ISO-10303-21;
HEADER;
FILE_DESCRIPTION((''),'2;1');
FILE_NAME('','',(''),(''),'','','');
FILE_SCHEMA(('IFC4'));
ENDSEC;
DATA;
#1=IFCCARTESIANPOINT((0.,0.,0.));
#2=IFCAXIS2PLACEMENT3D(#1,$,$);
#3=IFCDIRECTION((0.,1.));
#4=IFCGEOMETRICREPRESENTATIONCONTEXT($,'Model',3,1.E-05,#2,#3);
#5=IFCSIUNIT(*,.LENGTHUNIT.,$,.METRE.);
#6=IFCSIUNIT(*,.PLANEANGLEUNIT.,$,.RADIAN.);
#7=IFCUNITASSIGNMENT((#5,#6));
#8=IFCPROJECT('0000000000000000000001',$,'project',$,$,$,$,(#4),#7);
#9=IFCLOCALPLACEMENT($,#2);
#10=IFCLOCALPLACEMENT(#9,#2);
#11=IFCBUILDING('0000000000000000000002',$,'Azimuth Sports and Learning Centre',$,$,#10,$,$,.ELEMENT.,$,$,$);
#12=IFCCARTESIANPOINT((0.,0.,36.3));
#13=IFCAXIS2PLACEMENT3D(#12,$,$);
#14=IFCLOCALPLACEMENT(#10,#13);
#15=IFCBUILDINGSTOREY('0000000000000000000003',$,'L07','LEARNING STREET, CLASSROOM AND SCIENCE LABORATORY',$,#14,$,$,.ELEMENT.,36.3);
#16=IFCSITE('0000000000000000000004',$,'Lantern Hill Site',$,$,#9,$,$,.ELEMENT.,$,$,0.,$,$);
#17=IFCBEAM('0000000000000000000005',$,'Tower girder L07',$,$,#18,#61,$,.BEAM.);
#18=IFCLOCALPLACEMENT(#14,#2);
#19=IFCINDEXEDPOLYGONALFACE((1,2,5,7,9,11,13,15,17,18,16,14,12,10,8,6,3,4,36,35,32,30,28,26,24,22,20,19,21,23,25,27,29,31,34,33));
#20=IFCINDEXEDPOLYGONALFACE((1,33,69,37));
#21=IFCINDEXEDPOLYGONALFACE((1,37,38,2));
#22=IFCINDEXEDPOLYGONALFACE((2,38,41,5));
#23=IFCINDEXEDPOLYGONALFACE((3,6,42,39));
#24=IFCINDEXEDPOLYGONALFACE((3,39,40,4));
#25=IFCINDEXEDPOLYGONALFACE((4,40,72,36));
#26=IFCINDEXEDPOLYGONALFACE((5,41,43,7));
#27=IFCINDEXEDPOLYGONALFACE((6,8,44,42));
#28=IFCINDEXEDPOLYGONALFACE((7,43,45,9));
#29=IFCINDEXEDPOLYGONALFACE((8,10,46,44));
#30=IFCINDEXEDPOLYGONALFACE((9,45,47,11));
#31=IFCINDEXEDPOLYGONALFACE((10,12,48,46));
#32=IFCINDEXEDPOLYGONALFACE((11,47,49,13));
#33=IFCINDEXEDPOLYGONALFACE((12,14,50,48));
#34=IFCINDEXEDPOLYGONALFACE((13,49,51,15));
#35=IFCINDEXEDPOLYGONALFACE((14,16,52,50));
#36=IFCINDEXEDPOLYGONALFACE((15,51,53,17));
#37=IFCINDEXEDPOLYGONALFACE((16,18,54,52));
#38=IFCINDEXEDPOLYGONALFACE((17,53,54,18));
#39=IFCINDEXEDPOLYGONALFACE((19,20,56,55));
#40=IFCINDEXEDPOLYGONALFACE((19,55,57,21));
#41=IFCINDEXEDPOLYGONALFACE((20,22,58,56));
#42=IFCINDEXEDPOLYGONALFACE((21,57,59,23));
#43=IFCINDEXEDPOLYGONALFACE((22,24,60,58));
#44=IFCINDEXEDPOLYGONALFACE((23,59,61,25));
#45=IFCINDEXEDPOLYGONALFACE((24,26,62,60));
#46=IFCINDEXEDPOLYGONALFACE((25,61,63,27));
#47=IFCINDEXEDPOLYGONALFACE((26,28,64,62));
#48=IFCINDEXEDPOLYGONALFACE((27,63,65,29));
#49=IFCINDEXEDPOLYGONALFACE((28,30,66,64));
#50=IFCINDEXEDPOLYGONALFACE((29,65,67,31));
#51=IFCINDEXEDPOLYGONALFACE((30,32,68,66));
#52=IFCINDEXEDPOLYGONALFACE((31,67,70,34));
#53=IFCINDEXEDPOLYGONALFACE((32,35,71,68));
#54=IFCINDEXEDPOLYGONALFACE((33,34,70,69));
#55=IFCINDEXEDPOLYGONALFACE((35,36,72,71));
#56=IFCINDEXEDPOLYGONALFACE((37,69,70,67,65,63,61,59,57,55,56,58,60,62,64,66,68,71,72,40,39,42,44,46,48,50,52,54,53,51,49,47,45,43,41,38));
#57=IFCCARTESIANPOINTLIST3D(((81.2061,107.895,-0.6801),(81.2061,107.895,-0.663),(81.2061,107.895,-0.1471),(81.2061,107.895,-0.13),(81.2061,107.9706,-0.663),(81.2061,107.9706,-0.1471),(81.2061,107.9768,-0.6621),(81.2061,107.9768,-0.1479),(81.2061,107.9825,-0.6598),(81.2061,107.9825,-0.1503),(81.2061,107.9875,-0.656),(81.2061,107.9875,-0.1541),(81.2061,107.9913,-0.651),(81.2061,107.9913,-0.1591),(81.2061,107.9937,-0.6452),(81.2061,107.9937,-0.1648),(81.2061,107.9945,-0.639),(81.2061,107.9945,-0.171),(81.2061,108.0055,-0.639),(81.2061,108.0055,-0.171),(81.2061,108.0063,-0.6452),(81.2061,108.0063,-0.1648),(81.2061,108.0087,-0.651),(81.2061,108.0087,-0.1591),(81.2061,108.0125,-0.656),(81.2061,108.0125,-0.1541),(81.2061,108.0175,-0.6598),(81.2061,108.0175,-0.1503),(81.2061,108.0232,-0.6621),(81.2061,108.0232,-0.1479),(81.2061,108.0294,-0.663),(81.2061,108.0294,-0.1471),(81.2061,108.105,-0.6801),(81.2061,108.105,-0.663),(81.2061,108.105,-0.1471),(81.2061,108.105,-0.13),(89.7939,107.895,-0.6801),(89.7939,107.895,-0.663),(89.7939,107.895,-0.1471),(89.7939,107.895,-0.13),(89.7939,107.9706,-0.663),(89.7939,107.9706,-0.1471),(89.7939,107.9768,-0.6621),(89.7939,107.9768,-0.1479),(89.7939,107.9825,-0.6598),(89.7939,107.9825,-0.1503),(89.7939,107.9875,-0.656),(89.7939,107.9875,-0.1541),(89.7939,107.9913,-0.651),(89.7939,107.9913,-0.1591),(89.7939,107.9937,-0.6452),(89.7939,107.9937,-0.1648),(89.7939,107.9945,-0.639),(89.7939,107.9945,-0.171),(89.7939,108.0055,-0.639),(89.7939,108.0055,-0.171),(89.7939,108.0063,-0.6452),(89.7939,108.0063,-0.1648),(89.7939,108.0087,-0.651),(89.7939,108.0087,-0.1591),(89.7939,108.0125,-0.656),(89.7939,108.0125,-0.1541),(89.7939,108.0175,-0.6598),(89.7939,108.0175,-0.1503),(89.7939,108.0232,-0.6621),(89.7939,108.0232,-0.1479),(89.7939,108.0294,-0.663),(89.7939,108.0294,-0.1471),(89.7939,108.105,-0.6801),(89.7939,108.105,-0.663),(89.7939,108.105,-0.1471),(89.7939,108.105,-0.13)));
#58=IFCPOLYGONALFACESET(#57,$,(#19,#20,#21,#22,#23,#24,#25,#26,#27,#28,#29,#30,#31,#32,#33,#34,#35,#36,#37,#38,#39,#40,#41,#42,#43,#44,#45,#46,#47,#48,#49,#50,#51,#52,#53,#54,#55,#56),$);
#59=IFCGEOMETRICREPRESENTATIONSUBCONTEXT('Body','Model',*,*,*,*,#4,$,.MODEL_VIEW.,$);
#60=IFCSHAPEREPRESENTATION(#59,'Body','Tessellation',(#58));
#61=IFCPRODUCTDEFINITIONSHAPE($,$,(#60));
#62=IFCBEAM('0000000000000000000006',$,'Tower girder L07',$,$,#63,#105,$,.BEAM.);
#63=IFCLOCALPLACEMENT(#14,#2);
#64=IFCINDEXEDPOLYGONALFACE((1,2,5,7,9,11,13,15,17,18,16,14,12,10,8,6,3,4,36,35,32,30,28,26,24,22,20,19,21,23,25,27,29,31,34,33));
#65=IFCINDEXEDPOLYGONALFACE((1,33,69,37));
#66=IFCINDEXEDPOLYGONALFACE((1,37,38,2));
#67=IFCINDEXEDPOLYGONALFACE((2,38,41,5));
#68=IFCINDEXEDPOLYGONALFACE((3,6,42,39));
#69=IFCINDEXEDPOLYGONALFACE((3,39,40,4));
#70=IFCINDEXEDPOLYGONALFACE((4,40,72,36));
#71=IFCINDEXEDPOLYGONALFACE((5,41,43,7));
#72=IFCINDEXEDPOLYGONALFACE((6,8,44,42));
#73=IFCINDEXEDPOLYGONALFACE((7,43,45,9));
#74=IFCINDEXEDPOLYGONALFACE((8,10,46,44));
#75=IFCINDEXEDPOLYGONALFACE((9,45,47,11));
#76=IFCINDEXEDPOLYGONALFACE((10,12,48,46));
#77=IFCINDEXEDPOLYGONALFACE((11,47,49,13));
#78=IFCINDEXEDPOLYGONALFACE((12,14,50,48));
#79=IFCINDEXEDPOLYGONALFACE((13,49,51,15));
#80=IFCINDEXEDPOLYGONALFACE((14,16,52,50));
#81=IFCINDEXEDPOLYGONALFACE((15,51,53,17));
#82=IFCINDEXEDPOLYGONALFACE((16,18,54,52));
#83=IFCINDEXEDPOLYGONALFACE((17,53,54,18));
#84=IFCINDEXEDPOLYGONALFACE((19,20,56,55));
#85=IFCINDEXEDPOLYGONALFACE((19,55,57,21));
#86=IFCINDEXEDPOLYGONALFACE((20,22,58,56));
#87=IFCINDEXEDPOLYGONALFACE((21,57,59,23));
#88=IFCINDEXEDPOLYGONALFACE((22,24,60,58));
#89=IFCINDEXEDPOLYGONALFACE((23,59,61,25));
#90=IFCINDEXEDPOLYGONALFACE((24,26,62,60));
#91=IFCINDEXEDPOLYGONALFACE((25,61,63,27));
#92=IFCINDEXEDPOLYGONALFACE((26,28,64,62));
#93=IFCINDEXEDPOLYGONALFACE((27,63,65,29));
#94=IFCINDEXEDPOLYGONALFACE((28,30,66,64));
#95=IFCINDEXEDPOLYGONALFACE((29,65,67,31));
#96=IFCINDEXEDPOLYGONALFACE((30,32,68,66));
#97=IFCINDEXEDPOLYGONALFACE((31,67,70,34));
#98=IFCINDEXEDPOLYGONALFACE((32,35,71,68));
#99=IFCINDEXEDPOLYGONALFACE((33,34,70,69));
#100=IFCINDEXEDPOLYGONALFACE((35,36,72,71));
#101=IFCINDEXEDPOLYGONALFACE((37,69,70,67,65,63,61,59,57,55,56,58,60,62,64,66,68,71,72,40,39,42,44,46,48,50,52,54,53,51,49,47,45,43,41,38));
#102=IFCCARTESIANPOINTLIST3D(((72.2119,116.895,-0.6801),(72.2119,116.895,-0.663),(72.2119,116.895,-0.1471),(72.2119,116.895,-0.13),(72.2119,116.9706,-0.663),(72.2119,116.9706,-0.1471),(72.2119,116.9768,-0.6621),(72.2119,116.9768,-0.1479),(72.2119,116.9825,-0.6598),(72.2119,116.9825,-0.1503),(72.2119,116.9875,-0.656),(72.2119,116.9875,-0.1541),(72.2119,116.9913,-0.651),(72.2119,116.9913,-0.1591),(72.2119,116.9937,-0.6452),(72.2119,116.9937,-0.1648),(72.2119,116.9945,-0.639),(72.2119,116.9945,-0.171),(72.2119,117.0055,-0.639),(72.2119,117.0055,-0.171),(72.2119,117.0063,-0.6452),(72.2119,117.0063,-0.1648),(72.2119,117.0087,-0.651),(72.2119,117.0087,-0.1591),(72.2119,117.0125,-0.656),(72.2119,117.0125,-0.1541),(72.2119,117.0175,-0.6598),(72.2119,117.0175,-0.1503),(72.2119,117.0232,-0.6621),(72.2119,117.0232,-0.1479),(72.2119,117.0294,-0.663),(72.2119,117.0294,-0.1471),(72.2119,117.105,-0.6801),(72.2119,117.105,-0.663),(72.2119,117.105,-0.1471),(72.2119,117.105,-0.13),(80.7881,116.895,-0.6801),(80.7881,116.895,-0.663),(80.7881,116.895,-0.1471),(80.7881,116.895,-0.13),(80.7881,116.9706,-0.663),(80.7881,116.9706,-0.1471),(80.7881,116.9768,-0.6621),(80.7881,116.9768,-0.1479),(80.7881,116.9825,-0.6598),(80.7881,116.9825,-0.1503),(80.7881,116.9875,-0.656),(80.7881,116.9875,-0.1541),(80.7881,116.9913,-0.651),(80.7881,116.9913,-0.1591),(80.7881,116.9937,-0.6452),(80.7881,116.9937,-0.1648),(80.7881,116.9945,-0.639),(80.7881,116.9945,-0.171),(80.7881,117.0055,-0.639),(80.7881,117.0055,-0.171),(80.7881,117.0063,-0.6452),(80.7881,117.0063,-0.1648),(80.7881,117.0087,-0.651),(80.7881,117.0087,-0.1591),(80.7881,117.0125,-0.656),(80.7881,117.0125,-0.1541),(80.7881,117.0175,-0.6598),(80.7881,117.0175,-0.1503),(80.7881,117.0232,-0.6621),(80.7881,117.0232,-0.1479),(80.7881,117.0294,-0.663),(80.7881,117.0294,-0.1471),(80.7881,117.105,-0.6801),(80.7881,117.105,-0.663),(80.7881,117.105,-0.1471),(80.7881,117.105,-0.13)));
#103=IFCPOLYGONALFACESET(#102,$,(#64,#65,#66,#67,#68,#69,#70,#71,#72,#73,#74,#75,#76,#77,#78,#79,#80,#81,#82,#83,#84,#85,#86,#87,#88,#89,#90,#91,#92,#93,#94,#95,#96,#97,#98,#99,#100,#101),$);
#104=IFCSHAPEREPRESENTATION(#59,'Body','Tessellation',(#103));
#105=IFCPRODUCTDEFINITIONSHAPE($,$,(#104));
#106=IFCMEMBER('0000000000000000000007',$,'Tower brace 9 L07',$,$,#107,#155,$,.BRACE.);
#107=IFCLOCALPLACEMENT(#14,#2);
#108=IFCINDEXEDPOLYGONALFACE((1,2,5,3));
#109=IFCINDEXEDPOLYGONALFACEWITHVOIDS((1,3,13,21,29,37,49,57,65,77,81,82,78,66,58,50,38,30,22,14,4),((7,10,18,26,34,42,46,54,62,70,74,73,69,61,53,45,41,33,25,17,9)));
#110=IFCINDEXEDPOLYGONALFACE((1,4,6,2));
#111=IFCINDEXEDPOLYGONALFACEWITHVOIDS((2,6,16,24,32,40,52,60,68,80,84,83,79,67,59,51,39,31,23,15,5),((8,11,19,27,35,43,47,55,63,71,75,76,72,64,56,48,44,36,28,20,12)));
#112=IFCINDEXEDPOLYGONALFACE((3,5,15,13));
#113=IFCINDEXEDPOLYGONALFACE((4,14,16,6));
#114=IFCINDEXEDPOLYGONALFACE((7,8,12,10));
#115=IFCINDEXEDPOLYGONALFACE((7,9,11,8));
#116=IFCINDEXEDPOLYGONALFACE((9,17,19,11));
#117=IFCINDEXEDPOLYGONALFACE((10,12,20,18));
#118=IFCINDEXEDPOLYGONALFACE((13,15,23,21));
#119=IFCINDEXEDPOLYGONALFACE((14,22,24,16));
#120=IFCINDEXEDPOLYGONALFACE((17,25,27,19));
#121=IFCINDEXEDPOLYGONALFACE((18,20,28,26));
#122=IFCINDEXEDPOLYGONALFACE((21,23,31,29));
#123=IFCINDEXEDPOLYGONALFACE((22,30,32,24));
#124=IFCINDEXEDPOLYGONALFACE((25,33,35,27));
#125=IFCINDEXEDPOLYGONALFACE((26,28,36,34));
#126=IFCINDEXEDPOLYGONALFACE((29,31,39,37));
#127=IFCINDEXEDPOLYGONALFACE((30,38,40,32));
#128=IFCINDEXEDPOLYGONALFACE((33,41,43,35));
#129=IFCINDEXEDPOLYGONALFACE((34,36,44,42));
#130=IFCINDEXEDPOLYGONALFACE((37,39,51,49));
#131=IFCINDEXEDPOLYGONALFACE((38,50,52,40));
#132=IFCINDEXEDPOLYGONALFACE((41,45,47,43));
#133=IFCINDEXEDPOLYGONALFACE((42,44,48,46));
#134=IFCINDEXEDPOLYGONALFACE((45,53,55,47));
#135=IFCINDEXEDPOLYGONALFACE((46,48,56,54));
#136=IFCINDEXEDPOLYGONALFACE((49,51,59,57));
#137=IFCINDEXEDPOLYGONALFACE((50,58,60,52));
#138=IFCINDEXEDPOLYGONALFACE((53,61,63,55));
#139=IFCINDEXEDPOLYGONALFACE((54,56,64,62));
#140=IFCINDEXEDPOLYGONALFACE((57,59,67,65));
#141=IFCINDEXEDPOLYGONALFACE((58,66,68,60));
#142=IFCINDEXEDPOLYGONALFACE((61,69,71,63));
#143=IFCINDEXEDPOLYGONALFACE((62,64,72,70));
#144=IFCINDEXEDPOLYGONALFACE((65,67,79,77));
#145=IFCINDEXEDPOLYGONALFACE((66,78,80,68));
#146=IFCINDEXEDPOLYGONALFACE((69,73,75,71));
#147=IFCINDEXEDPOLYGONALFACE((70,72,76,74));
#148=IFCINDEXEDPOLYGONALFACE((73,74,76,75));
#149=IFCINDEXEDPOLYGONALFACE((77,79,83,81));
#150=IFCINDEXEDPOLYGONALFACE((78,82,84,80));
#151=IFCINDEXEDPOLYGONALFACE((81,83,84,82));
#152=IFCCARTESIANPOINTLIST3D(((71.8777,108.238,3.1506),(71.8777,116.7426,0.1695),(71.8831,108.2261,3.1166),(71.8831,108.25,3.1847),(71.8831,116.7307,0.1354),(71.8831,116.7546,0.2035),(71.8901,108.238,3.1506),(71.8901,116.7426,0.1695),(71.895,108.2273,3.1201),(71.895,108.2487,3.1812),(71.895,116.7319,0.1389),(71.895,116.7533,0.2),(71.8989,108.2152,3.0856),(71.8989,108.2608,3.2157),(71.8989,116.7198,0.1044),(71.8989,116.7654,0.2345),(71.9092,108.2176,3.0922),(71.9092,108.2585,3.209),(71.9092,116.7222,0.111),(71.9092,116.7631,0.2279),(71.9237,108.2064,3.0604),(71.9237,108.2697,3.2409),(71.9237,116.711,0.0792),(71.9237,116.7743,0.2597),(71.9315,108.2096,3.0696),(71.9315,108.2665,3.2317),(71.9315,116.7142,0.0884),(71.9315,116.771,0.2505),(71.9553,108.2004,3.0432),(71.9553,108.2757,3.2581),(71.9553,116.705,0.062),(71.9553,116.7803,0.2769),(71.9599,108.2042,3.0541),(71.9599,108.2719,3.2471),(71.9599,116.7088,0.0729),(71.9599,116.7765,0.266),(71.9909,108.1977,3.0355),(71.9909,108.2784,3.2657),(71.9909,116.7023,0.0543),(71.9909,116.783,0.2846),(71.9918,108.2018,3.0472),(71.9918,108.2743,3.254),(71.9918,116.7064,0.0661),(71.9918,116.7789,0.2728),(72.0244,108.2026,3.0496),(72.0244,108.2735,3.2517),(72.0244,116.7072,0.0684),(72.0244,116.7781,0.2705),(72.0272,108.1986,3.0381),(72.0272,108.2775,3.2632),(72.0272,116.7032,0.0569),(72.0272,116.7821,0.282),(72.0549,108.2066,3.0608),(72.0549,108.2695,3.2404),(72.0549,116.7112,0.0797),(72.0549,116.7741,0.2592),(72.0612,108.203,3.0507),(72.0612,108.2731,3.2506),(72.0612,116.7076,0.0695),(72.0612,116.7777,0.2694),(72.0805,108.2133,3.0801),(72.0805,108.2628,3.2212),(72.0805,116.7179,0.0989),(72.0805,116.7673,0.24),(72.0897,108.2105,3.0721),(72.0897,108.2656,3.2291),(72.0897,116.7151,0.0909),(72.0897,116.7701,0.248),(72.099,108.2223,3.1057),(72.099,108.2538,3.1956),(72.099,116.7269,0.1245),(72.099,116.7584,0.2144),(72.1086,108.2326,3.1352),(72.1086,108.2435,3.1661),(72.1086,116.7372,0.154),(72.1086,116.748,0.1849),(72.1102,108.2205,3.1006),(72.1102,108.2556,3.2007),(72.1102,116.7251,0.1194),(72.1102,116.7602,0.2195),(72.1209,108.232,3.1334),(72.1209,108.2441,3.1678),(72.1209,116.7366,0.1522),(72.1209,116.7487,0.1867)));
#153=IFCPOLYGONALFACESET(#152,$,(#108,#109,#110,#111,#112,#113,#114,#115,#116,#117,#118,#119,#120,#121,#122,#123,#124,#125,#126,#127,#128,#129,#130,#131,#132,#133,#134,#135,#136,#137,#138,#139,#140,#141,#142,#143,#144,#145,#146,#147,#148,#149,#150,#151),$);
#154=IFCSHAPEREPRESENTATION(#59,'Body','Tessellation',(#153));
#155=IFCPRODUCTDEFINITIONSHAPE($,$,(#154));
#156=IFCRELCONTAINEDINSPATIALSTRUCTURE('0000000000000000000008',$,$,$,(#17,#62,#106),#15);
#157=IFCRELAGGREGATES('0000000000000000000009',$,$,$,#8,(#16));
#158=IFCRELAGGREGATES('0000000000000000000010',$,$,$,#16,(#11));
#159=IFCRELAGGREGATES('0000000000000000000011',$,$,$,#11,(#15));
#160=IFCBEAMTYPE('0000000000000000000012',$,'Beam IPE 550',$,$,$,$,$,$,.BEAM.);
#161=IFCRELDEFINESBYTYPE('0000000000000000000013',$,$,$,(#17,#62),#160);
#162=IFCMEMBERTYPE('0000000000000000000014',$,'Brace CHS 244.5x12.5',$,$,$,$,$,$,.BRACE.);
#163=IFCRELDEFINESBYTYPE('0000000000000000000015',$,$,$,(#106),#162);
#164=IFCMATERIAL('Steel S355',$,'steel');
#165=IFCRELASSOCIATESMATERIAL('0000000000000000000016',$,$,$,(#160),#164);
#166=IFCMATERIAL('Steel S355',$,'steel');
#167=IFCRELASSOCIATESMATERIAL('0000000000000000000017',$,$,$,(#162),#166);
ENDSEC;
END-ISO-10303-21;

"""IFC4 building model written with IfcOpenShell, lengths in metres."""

from ifc_helpers import new_model, si_unit, direction, frame, origin, origin_2d, place, context, subcontext, project, spatial, hollow_circle, i_section, extrude, material, material_profile, profile_set, type_object, element, save


model = new_model("IFC4")

# Units and contexts
model_context = context("Model", 3, precision=1e-05, world=origin(), true_north=direction((0.0, 1.0)))
body_context = subcontext(model_context, "Body", "Model", "MODEL_VIEW")
ifc_project = project(units=[si_unit("LENGTHUNIT", "METRE"), si_unit("PLANEANGLEUNIT", "RADIAN")], contexts=[model_context])

# Site, building, storey
site_placement = place(None, origin())
site = spatial("IfcSite", under=ifc_project, at=site_placement, Name="Lantern Hill Site", CompositionType="ELEMENT", RefElevation=0.0)
building_placement = place(site_placement, origin())
building = spatial("IfcBuilding", under=site, at=building_placement, Name="Azimuth Sports and Learning Centre", CompositionType="ELEMENT")
storey_placement = place(building_placement, frame((0.0, 0.0, 36.3)))
storey = spatial("IfcBuildingStorey", under=building, at=storey_placement, Name="L07", Description="LEARNING STREET, CLASSROOM AND SCIENCE LABORATORY", CompositionType="ELEMENT", Elevation=36.3)

# Beams
ifc_material_1 = material(Name="Steel S355", Category="steel")
ifc_material_profile_1 = material_profile(ifc_material_1, i_section(OverallWidth=0.21, OverallDepth=0.55, WebThickness=0.011, FlangeThickness=0.0171, FilletRadius=0.0239, at=origin_2d()), Name="IPE 550")
ifc_profile_set_1 = profile_set([ifc_material_profile_1], Name="Steel S355")
beam_type_1 = type_object("IfcBeamType", Name="Beam IPE 550", PredefinedType="BEAM", material=ifc_profile_set_1)
for number, where, z_axis, x_axis, name in (
    (1, (81.2061, 108.0, -0.405), (1.0, 0.0, 0.0), (0.0, 1.0, 0.0), "Tower girder L07"),
):
    element("IfcBeam", number, at=place(storey_placement, frame(where, z_axis=z_axis, x_axis=x_axis)), inside=storey, type_object=beam_type_1, Name=name, PredefinedType="BEAM", context=body_context, shape_type="SweptSolid", body=[
        extrude(i_section(OverallWidth=0.21, OverallDepth=0.55, WebThickness=0.011, FlangeThickness=0.0171, FilletRadius=0.0239, at=origin_2d()), origin(), (0.0, 0.0, 1.0), 8.5879),
    ])
beam_1_placement = place(storey_placement, frame((72.2119, 117.0, -0.405), z_axis=(1.0, 0.0, 0.0), x_axis=(0.0, 1.0, 0.0)))
element("IfcBeam", 2, at=beam_1_placement, inside=storey, type_object=beam_type_1, Name="Tower girder L07", PredefinedType="BEAM", context=body_context, shape_type="SweptSolid", body=[
    extrude(i_section(OverallWidth=0.21, OverallDepth=0.55, WebThickness=0.011, FlangeThickness=0.0171, FilletRadius=0.0239, at=origin_2d()), origin(), (0.0, 0.0, 1.0), 8.5762),
])

# Member
ifc_material_2 = material(Name="Steel S355", Category="steel")
ifc_material_profile_2 = material_profile(ifc_material_2, hollow_circle(Radius=0.1223, WallThickness=0.0125, at=origin_2d()), Name="CHS 244.5x12.5")
ifc_profile_set_2 = profile_set([ifc_material_profile_2], Name="Steel S355")
member_type = type_object("IfcMemberType", Name="Brace CHS 244.5x12.5", PredefinedType="BRACE", material=ifc_profile_set_2)
member_placement = place(storey_placement, frame((72.0, 108.238, 3.1506), z_axis=(0.0, 0.9437, -0.330803), x_axis=(-1.0, 0.0, 0.0)))
element("IfcMember", 3, at=member_placement, inside=storey, type_object=member_type, Name="Tower brace 9 L07", PredefinedType="BRACE", context=body_context, shape_type="SweptSolid", body=[
    extrude(hollow_circle(Radius=0.1223, WallThickness=0.0125, at=origin_2d()), origin(), (0.0, 0.0, 1.0), 9.012),
])

save(model, "model.ifc")
